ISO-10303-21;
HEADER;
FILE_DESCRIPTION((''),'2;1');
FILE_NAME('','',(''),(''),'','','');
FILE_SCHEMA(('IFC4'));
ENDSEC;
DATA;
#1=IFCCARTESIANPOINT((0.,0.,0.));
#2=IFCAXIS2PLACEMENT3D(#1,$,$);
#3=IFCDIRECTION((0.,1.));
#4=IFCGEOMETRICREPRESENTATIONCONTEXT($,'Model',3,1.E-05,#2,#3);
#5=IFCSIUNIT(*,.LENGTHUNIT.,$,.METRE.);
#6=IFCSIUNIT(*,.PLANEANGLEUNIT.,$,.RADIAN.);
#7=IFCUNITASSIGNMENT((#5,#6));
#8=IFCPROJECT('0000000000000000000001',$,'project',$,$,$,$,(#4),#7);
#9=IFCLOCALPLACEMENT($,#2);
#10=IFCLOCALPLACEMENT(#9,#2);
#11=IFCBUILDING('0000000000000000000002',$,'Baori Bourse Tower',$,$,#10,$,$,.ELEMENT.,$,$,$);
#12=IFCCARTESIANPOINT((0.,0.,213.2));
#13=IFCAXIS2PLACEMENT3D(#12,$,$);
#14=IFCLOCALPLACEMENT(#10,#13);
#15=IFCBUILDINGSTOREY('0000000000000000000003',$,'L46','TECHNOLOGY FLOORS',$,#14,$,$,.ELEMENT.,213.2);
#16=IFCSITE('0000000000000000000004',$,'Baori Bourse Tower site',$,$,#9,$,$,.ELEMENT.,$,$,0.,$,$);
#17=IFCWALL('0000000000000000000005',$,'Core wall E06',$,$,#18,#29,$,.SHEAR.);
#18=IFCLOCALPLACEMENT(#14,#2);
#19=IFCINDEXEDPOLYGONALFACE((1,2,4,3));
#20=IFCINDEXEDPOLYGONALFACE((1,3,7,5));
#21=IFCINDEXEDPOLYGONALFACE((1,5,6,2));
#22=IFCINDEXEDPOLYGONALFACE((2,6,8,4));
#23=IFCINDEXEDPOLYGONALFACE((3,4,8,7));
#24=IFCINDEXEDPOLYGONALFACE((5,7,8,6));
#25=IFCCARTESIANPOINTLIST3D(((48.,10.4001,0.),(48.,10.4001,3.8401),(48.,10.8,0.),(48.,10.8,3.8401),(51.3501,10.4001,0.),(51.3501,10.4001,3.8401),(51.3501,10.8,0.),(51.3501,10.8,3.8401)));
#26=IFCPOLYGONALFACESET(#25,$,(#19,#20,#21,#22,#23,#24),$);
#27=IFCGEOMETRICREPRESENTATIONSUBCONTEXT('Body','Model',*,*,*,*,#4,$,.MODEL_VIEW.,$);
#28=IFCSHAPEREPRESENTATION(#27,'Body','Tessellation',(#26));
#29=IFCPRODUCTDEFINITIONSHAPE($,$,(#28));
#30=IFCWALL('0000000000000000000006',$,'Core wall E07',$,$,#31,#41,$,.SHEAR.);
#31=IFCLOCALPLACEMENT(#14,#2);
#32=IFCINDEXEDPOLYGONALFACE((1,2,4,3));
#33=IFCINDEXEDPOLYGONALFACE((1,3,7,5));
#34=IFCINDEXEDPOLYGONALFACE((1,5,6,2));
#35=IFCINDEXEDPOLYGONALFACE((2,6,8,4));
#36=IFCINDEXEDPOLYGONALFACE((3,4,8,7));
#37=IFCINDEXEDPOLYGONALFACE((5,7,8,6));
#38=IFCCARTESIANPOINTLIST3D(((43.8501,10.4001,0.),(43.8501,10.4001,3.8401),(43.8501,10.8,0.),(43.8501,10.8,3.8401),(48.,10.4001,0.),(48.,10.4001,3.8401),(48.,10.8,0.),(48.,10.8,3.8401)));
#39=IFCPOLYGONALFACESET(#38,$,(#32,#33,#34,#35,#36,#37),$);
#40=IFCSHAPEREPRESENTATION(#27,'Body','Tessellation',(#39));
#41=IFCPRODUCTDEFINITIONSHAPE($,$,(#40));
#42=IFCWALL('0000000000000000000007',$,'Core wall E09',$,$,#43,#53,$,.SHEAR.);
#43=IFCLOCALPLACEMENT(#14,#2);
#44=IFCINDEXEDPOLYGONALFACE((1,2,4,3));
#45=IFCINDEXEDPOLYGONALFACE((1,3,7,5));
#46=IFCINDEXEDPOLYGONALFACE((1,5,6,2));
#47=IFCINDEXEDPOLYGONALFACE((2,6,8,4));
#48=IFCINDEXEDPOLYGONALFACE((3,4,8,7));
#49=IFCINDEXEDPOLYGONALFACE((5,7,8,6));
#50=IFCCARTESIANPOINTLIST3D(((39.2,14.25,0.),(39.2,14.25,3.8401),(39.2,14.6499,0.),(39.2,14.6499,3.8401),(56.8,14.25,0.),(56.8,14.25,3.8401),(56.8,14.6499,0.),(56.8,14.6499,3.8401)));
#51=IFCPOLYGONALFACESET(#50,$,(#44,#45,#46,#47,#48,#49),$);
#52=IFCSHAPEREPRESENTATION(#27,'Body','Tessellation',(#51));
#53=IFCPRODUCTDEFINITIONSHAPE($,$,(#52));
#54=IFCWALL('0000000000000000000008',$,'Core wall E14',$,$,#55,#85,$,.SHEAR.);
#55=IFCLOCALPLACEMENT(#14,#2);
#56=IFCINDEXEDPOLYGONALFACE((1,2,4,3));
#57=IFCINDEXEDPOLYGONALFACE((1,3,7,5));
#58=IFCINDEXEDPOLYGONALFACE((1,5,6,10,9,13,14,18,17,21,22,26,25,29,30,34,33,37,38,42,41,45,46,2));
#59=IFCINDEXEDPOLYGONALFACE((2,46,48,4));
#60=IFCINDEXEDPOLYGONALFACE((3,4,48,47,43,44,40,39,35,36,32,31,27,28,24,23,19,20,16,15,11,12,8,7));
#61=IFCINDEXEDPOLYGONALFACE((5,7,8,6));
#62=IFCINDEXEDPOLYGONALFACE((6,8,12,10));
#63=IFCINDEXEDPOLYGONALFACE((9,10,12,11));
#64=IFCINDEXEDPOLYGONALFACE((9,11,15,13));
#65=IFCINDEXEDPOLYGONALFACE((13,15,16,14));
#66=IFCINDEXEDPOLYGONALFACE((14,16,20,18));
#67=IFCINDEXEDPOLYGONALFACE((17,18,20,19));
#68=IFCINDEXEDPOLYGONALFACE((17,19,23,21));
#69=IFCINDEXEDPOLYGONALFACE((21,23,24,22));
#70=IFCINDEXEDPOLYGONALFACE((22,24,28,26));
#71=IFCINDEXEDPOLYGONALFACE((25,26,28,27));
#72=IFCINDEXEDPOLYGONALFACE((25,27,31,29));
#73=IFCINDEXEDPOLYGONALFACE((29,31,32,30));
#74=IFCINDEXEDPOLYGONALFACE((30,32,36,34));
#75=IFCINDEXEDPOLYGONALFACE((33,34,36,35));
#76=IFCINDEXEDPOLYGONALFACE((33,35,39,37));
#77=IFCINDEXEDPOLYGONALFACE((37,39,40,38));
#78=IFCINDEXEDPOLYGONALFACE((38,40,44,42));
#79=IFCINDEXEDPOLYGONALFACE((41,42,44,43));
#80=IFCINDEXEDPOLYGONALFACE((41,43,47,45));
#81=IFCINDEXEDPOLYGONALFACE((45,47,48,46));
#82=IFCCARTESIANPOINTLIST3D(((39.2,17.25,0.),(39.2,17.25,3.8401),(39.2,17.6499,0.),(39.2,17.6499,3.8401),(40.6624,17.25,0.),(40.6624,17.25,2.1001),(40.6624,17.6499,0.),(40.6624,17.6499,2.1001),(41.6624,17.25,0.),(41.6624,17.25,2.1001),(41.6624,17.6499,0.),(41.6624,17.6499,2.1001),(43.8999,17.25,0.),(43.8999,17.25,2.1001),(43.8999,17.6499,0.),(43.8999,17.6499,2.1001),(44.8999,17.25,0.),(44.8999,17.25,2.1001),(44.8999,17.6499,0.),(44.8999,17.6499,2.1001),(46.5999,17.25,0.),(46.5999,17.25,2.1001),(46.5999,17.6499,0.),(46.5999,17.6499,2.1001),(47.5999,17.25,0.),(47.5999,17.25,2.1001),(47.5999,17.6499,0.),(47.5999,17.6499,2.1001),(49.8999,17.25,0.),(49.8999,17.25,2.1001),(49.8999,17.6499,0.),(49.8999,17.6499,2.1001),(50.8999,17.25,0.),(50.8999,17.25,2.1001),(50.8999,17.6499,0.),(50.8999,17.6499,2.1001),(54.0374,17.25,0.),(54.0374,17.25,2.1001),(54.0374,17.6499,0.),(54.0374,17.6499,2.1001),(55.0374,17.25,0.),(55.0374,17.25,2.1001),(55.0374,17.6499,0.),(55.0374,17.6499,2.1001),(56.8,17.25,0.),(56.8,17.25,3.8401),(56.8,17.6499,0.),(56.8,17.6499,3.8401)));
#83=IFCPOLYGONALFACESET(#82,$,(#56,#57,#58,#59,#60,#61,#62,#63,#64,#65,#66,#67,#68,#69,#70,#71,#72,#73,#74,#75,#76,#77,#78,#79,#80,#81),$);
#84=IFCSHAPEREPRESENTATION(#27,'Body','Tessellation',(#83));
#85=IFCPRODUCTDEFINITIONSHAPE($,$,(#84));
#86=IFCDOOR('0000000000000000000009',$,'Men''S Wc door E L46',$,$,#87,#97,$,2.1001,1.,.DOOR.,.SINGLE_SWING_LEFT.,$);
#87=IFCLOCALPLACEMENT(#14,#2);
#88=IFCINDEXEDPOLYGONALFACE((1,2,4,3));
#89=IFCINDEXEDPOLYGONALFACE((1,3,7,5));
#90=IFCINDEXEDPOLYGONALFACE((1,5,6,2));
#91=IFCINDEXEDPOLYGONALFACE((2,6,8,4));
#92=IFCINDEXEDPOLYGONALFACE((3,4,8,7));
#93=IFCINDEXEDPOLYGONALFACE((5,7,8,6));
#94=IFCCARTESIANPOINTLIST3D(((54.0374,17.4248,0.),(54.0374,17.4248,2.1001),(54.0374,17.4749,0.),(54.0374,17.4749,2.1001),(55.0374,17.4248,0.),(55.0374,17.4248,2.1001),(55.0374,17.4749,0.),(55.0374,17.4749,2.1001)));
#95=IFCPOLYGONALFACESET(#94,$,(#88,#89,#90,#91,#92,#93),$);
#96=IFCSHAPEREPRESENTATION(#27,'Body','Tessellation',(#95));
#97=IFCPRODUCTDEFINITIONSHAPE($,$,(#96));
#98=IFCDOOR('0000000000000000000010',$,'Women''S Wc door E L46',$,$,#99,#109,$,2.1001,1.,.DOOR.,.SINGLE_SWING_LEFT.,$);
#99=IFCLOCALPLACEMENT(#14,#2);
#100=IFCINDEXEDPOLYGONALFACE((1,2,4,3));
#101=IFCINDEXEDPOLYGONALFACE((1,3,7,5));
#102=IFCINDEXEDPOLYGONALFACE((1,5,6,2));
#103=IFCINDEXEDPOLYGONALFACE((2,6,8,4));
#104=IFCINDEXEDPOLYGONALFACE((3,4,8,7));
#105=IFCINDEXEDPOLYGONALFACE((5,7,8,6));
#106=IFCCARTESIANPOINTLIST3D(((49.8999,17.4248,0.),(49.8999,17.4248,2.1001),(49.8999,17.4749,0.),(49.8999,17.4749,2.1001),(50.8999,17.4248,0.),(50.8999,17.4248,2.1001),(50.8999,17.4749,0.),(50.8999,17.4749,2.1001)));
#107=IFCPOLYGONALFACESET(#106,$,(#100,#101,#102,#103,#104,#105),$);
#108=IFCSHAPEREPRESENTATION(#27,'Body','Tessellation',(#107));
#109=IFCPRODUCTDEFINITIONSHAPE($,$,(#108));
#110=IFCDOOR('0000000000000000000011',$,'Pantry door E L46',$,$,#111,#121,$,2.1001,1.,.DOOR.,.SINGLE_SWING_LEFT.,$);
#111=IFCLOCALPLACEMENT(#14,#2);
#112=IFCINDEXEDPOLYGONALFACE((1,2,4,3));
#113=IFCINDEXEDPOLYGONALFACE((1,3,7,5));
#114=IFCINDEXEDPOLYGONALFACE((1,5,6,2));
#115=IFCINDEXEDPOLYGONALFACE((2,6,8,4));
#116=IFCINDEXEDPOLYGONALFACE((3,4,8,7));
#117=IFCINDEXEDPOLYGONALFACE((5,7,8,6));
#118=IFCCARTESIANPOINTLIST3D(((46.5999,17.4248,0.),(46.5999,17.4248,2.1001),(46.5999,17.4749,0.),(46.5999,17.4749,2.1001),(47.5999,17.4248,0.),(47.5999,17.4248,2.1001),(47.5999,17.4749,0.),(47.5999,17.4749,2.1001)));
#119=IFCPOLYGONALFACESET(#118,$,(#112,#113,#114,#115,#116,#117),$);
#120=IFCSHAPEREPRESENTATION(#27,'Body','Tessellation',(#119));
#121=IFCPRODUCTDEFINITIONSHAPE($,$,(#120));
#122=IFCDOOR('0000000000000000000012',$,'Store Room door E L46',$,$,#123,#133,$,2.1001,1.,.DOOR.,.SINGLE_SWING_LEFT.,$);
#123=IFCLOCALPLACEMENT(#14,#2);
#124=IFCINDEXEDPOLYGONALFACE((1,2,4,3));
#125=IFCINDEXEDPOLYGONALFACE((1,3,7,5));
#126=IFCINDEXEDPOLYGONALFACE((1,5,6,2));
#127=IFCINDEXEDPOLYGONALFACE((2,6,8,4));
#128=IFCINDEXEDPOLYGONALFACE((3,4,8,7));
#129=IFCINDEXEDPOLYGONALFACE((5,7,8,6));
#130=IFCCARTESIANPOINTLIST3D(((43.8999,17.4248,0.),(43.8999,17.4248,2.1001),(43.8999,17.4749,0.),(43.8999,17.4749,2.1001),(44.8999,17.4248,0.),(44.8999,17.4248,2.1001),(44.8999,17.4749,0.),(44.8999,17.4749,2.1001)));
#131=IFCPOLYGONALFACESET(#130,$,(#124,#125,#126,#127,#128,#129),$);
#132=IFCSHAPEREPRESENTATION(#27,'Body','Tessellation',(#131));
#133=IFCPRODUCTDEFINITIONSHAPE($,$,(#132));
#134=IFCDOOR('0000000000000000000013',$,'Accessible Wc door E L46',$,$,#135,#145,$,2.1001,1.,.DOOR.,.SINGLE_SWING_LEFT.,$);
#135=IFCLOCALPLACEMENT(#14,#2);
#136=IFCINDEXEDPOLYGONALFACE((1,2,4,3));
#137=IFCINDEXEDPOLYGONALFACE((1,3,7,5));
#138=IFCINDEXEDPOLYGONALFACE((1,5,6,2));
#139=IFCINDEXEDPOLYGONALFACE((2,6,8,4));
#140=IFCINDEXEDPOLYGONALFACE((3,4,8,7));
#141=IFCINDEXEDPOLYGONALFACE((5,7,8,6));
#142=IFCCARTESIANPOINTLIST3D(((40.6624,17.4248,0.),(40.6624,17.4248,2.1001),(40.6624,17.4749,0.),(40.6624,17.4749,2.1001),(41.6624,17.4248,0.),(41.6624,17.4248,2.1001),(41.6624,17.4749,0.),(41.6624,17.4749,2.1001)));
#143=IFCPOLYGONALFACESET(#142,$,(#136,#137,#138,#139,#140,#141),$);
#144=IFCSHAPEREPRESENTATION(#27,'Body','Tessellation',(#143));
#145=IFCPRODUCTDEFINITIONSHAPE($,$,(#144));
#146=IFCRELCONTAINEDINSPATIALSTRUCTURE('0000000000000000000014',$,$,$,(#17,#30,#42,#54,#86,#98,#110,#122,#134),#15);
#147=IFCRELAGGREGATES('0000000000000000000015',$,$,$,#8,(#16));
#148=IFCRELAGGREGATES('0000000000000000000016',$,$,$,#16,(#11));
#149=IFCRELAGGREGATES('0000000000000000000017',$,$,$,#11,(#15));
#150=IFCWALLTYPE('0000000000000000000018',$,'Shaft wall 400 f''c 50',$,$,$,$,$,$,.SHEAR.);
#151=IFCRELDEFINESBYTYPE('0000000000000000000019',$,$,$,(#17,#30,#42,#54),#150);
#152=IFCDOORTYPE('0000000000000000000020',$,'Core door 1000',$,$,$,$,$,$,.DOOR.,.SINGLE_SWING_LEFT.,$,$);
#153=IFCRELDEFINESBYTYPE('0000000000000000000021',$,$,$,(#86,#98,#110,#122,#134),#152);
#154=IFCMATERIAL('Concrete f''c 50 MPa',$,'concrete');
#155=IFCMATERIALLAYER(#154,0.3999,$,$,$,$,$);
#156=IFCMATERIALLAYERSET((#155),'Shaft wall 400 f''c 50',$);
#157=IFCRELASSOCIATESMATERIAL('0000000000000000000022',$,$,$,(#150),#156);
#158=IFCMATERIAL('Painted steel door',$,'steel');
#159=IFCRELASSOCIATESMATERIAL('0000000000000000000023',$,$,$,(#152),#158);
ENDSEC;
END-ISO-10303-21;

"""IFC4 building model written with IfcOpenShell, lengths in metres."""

from ifc_helpers import new_model, si_unit, direction, frame, frame_2d, origin, place, context, subcontext, project, spatial, rectangle, extrude, material, layer, layer_set, type_object, element, fill, save


model = new_model("IFC4")

# Units and contexts
model_context = context("Model", 3, precision=1e-05, world=origin(), true_north=direction((0.0, 1.0)))
body_context = subcontext(model_context, "Body", "Model", "MODEL_VIEW")
ifc_project = project(units=[si_unit("LENGTHUNIT", "METRE"), si_unit("PLANEANGLEUNIT", "RADIAN")], contexts=[model_context])

# Site, building, storey
site_placement = place(None, origin())
site = spatial("IfcSite", under=ifc_project, at=site_placement, Name="Baori Bourse Tower site", CompositionType="ELEMENT", RefElevation=0.0)
building_placement = place(site_placement, origin())
building = spatial("IfcBuilding", under=site, at=building_placement, Name="Baori Bourse Tower", CompositionType="ELEMENT")
storey_placement = place(building_placement, frame((0.0, 0.0, 213.2)))
storey = spatial("IfcBuildingStorey", under=building, at=storey_placement, Name="L46", Description="TECHNOLOGY FLOORS", CompositionType="ELEMENT", Elevation=213.2)

# Walls
ifc_material_1 = material(Name="Concrete f'c 50 MPa", Category="concrete")
ifc_layer_1 = layer(ifc_material_1, 0.3999)
ifc_layer_set_1 = layer_set([ifc_layer_1], Name="Shaft wall 400 f'c 50")
wall_type_1 = type_object("IfcWallType", Name="Shaft wall 400 f'c 50", PredefinedType="SHEAR", material=ifc_layer_set_1)
wall_1_placement = place(storey_placement, frame((48.0, 10.6001, 0.0), z_axis=(0.0, 0.0, 1.0), x_axis=(1.0, 0.0, 0.0)))
element("IfcWall", 1, at=wall_1_placement, inside=storey, type_object=wall_type_1, Name="Core wall E06", PredefinedType="SHEAR", context=body_context, shape_type="SweptSolid", body=[
    extrude(rectangle(XDim=3.3501, YDim=0.3999, at=frame_2d((1.675, 0.0))), origin(), (0.0, 0.0, 1.0), 3.8401),
])
wall_2_placement = place(storey_placement, frame((43.8501, 10.6001, 0.0), z_axis=(0.0, 0.0, 1.0), x_axis=(1.0, 0.0, 0.0)))
element("IfcWall", 2, at=wall_2_placement, inside=storey, type_object=wall_type_1, Name="Core wall E07", PredefinedType="SHEAR", context=body_context, shape_type="SweptSolid", body=[
    extrude(rectangle(XDim=4.1499, YDim=0.3999, at=frame_2d((2.075, 0.0))), origin(), (0.0, 0.0, 1.0), 3.8401),
])
wall_3_placement = place(storey_placement, frame((39.2, 14.45, 0.0), z_axis=(0.0, 0.0, 1.0), x_axis=(1.0, 0.0, 0.0)))
element("IfcWall", 3, at=wall_3_placement, inside=storey, type_object=wall_type_1, Name="Core wall E09", PredefinedType="SHEAR", context=body_context, shape_type="SweptSolid", body=[
    extrude(rectangle(XDim=17.6001, YDim=0.3999, at=frame_2d((8.8, 0.0))), origin(), (0.0, 0.0, 1.0), 3.8401),
])

# Wall, openings, doors
wall_4_placement = place(storey_placement, frame((39.2, 17.45, 0.0), z_axis=(0.0, 0.0, 1.0), x_axis=(1.0, 0.0, 0.0)))
wall_4 = element("IfcWall", 4, at=wall_4_placement, inside=storey, type_object=wall_type_1, Name="Core wall E14", PredefinedType="SHEAR", context=body_context, shape_type="SweptSolid", body=[
    extrude(rectangle(XDim=17.6001, YDim=0.3999, at=frame_2d((8.8, 0.0))), origin(), (0.0, 0.0, 1.0), 3.8401),
])
opening_1_placement = place(wall_4_placement, frame((14.8374, 0.0, 0.0)))
opening_1 = element("IfcOpeningElement", 5, at=opening_1_placement, cuts=wall_4, PredefinedType="OPENING", context=body_context, shape_type="SweptSolid", body=[
    extrude(rectangle(XDim=1.0, YDim=2.1001, at=frame_2d((0.5, 1.05))), frame((0.0, 0.21, 0.0), z_axis=(0.0, -1.0, 0.0), x_axis=(1.0, 0.0, 0.0)), (0.0, 0.0, 1.0), 0.4199),
])
opening_2_placement = place(wall_4_placement, frame((10.7, 0.0, 0.0)))
opening_2 = element("IfcOpeningElement", 6, at=opening_2_placement, cuts=wall_4, PredefinedType="OPENING", context=body_context, shape_type="SweptSolid", body=[
    extrude(rectangle(XDim=1.0, YDim=2.1001, at=frame_2d((0.5, 1.05))), frame((0.0, 0.21, 0.0), z_axis=(0.0, -1.0, 0.0), x_axis=(1.0, 0.0, 0.0)), (0.0, 0.0, 1.0), 0.4199),
])
opening_3_placement = place(wall_4_placement, frame((7.3999, 0.0, 0.0)))
opening_3 = element("IfcOpeningElement", 7, at=opening_3_placement, cuts=wall_4, PredefinedType="OPENING", context=body_context, shape_type="SweptSolid", body=[
    extrude(rectangle(XDim=1.0, YDim=2.1001, at=frame_2d((0.5, 1.05))), frame((0.0, 0.21, 0.0), z_axis=(0.0, -1.0, 0.0), x_axis=(1.0, 0.0, 0.0)), (0.0, 0.0, 1.0), 0.4199),
])
opening_4_placement = place(wall_4_placement, frame((4.7, 0.0, 0.0)))
opening_4 = element("IfcOpeningElement", 8, at=opening_4_placement, cuts=wall_4, PredefinedType="OPENING", context=body_context, shape_type="SweptSolid", body=[
    extrude(rectangle(XDim=1.0, YDim=2.1001, at=frame_2d((0.5, 1.05))), frame((0.0, 0.21, 0.0), z_axis=(0.0, -1.0, 0.0), x_axis=(1.0, 0.0, 0.0)), (0.0, 0.0, 1.0), 0.4199),
])
opening_5_placement = place(wall_4_placement, frame((1.4624, 0.0, 0.0)))
opening_5 = element("IfcOpeningElement", 9, at=opening_5_placement, cuts=wall_4, PredefinedType="OPENING", context=body_context, shape_type="SweptSolid", body=[
    extrude(rectangle(XDim=1.0, YDim=2.1001, at=frame_2d((0.5, 1.05))), frame((0.0, 0.21, 0.0), z_axis=(0.0, -1.0, 0.0), x_axis=(1.0, 0.0, 0.0)), (0.0, 0.0, 1.0), 0.4199),
])
ifc_material_2 = material(Name="Painted steel door", Category="steel")
door_type_1 = type_object("IfcDoorType", Name="Core door 1000", OperationType="SINGLE_SWING_LEFT", PredefinedType="DOOR", material=ifc_material_2)
door_1_placement = place(opening_1_placement, origin())
door_1 = element("IfcDoor", 10, at=door_1_placement, inside=storey, type_object=door_type_1, Name="Men'S Wc door E L46", OperationType="SINGLE_SWING_LEFT", OverallHeight=2.1001, OverallWidth=1.0, PredefinedType="DOOR", context=body_context, shape_type="SweptSolid", body=[
    extrude(rectangle(XDim=1.0, YDim=2.1001, at=frame_2d((0.5, 1.05))), frame((0.0, 0.0249, 0.0), z_axis=(0.0, -1.0, 0.0), x_axis=(1.0, 0.0, 0.0)), (0.0, 0.0, 1.0), 0.05),
])
fill(opening_1, door_1)
door_2_placement = place(opening_2_placement, origin())
door_2 = element("IfcDoor", 11, at=door_2_placement, inside=storey, type_object=door_type_1, Name="Women'S Wc door E L46", OperationType="SINGLE_SWING_LEFT", OverallHeight=2.1001, OverallWidth=1.0, PredefinedType="DOOR", context=body_context, shape_type="SweptSolid", body=[
    extrude(rectangle(XDim=1.0, YDim=2.1001, at=frame_2d((0.5, 1.05))), frame((0.0, 0.0249, 0.0), z_axis=(0.0, -1.0, 0.0), x_axis=(1.0, 0.0, 0.0)), (0.0, 0.0, 1.0), 0.05),
])
fill(opening_2, door_2)
door_3_placement = place(opening_3_placement, origin())
door_3 = element("IfcDoor", 12, at=door_3_placement, inside=storey, type_object=door_type_1, Name="Pantry door E L46", OperationType="SINGLE_SWING_LEFT", OverallHeight=2.1001, OverallWidth=1.0, PredefinedType="DOOR", context=body_context, shape_type="SweptSolid", body=[
    extrude(rectangle(XDim=1.0, YDim=2.1001, at=frame_2d((0.5, 1.05))), frame((0.0, 0.0249, 0.0), z_axis=(0.0, -1.0, 0.0), x_axis=(1.0, 0.0, 0.0)), (0.0, 0.0, 1.0), 0.05),
])
fill(opening_3, door_3)
door_4_placement = place(opening_4_placement, origin())
door_4 = element("IfcDoor", 13, at=door_4_placement, inside=storey, type_object=door_type_1, Name="Store Room door E L46", OperationType="SINGLE_SWING_LEFT", OverallHeight=2.1001, OverallWidth=1.0, PredefinedType="DOOR", context=body_context, shape_type="SweptSolid", body=[
    extrude(rectangle(XDim=1.0, YDim=2.1001, at=frame_2d((0.5, 1.05))), frame((0.0, 0.0249, 0.0), z_axis=(0.0, -1.0, 0.0), x_axis=(1.0, 0.0, 0.0)), (0.0, 0.0, 1.0), 0.05),
])
fill(opening_4, door_4)
door_5_placement = place(opening_5_placement, origin())
door_5 = element("IfcDoor", 14, at=door_5_placement, inside=storey, type_object=door_type_1, Name="Accessible Wc door E L46", OperationType="SINGLE_SWING_LEFT", OverallHeight=2.1001, OverallWidth=1.0, PredefinedType="DOOR", context=body_context, shape_type="SweptSolid", body=[
    extrude(rectangle(XDim=1.0, YDim=2.1001, at=frame_2d((0.5, 1.05))), frame((0.0, 0.0249, 0.0), z_axis=(0.0, -1.0, 0.0), x_axis=(1.0, 0.0, 0.0)), (0.0, 0.0, 1.0), 0.05),
])
fill(opening_5, door_5)

save(model, "model.ifc")
